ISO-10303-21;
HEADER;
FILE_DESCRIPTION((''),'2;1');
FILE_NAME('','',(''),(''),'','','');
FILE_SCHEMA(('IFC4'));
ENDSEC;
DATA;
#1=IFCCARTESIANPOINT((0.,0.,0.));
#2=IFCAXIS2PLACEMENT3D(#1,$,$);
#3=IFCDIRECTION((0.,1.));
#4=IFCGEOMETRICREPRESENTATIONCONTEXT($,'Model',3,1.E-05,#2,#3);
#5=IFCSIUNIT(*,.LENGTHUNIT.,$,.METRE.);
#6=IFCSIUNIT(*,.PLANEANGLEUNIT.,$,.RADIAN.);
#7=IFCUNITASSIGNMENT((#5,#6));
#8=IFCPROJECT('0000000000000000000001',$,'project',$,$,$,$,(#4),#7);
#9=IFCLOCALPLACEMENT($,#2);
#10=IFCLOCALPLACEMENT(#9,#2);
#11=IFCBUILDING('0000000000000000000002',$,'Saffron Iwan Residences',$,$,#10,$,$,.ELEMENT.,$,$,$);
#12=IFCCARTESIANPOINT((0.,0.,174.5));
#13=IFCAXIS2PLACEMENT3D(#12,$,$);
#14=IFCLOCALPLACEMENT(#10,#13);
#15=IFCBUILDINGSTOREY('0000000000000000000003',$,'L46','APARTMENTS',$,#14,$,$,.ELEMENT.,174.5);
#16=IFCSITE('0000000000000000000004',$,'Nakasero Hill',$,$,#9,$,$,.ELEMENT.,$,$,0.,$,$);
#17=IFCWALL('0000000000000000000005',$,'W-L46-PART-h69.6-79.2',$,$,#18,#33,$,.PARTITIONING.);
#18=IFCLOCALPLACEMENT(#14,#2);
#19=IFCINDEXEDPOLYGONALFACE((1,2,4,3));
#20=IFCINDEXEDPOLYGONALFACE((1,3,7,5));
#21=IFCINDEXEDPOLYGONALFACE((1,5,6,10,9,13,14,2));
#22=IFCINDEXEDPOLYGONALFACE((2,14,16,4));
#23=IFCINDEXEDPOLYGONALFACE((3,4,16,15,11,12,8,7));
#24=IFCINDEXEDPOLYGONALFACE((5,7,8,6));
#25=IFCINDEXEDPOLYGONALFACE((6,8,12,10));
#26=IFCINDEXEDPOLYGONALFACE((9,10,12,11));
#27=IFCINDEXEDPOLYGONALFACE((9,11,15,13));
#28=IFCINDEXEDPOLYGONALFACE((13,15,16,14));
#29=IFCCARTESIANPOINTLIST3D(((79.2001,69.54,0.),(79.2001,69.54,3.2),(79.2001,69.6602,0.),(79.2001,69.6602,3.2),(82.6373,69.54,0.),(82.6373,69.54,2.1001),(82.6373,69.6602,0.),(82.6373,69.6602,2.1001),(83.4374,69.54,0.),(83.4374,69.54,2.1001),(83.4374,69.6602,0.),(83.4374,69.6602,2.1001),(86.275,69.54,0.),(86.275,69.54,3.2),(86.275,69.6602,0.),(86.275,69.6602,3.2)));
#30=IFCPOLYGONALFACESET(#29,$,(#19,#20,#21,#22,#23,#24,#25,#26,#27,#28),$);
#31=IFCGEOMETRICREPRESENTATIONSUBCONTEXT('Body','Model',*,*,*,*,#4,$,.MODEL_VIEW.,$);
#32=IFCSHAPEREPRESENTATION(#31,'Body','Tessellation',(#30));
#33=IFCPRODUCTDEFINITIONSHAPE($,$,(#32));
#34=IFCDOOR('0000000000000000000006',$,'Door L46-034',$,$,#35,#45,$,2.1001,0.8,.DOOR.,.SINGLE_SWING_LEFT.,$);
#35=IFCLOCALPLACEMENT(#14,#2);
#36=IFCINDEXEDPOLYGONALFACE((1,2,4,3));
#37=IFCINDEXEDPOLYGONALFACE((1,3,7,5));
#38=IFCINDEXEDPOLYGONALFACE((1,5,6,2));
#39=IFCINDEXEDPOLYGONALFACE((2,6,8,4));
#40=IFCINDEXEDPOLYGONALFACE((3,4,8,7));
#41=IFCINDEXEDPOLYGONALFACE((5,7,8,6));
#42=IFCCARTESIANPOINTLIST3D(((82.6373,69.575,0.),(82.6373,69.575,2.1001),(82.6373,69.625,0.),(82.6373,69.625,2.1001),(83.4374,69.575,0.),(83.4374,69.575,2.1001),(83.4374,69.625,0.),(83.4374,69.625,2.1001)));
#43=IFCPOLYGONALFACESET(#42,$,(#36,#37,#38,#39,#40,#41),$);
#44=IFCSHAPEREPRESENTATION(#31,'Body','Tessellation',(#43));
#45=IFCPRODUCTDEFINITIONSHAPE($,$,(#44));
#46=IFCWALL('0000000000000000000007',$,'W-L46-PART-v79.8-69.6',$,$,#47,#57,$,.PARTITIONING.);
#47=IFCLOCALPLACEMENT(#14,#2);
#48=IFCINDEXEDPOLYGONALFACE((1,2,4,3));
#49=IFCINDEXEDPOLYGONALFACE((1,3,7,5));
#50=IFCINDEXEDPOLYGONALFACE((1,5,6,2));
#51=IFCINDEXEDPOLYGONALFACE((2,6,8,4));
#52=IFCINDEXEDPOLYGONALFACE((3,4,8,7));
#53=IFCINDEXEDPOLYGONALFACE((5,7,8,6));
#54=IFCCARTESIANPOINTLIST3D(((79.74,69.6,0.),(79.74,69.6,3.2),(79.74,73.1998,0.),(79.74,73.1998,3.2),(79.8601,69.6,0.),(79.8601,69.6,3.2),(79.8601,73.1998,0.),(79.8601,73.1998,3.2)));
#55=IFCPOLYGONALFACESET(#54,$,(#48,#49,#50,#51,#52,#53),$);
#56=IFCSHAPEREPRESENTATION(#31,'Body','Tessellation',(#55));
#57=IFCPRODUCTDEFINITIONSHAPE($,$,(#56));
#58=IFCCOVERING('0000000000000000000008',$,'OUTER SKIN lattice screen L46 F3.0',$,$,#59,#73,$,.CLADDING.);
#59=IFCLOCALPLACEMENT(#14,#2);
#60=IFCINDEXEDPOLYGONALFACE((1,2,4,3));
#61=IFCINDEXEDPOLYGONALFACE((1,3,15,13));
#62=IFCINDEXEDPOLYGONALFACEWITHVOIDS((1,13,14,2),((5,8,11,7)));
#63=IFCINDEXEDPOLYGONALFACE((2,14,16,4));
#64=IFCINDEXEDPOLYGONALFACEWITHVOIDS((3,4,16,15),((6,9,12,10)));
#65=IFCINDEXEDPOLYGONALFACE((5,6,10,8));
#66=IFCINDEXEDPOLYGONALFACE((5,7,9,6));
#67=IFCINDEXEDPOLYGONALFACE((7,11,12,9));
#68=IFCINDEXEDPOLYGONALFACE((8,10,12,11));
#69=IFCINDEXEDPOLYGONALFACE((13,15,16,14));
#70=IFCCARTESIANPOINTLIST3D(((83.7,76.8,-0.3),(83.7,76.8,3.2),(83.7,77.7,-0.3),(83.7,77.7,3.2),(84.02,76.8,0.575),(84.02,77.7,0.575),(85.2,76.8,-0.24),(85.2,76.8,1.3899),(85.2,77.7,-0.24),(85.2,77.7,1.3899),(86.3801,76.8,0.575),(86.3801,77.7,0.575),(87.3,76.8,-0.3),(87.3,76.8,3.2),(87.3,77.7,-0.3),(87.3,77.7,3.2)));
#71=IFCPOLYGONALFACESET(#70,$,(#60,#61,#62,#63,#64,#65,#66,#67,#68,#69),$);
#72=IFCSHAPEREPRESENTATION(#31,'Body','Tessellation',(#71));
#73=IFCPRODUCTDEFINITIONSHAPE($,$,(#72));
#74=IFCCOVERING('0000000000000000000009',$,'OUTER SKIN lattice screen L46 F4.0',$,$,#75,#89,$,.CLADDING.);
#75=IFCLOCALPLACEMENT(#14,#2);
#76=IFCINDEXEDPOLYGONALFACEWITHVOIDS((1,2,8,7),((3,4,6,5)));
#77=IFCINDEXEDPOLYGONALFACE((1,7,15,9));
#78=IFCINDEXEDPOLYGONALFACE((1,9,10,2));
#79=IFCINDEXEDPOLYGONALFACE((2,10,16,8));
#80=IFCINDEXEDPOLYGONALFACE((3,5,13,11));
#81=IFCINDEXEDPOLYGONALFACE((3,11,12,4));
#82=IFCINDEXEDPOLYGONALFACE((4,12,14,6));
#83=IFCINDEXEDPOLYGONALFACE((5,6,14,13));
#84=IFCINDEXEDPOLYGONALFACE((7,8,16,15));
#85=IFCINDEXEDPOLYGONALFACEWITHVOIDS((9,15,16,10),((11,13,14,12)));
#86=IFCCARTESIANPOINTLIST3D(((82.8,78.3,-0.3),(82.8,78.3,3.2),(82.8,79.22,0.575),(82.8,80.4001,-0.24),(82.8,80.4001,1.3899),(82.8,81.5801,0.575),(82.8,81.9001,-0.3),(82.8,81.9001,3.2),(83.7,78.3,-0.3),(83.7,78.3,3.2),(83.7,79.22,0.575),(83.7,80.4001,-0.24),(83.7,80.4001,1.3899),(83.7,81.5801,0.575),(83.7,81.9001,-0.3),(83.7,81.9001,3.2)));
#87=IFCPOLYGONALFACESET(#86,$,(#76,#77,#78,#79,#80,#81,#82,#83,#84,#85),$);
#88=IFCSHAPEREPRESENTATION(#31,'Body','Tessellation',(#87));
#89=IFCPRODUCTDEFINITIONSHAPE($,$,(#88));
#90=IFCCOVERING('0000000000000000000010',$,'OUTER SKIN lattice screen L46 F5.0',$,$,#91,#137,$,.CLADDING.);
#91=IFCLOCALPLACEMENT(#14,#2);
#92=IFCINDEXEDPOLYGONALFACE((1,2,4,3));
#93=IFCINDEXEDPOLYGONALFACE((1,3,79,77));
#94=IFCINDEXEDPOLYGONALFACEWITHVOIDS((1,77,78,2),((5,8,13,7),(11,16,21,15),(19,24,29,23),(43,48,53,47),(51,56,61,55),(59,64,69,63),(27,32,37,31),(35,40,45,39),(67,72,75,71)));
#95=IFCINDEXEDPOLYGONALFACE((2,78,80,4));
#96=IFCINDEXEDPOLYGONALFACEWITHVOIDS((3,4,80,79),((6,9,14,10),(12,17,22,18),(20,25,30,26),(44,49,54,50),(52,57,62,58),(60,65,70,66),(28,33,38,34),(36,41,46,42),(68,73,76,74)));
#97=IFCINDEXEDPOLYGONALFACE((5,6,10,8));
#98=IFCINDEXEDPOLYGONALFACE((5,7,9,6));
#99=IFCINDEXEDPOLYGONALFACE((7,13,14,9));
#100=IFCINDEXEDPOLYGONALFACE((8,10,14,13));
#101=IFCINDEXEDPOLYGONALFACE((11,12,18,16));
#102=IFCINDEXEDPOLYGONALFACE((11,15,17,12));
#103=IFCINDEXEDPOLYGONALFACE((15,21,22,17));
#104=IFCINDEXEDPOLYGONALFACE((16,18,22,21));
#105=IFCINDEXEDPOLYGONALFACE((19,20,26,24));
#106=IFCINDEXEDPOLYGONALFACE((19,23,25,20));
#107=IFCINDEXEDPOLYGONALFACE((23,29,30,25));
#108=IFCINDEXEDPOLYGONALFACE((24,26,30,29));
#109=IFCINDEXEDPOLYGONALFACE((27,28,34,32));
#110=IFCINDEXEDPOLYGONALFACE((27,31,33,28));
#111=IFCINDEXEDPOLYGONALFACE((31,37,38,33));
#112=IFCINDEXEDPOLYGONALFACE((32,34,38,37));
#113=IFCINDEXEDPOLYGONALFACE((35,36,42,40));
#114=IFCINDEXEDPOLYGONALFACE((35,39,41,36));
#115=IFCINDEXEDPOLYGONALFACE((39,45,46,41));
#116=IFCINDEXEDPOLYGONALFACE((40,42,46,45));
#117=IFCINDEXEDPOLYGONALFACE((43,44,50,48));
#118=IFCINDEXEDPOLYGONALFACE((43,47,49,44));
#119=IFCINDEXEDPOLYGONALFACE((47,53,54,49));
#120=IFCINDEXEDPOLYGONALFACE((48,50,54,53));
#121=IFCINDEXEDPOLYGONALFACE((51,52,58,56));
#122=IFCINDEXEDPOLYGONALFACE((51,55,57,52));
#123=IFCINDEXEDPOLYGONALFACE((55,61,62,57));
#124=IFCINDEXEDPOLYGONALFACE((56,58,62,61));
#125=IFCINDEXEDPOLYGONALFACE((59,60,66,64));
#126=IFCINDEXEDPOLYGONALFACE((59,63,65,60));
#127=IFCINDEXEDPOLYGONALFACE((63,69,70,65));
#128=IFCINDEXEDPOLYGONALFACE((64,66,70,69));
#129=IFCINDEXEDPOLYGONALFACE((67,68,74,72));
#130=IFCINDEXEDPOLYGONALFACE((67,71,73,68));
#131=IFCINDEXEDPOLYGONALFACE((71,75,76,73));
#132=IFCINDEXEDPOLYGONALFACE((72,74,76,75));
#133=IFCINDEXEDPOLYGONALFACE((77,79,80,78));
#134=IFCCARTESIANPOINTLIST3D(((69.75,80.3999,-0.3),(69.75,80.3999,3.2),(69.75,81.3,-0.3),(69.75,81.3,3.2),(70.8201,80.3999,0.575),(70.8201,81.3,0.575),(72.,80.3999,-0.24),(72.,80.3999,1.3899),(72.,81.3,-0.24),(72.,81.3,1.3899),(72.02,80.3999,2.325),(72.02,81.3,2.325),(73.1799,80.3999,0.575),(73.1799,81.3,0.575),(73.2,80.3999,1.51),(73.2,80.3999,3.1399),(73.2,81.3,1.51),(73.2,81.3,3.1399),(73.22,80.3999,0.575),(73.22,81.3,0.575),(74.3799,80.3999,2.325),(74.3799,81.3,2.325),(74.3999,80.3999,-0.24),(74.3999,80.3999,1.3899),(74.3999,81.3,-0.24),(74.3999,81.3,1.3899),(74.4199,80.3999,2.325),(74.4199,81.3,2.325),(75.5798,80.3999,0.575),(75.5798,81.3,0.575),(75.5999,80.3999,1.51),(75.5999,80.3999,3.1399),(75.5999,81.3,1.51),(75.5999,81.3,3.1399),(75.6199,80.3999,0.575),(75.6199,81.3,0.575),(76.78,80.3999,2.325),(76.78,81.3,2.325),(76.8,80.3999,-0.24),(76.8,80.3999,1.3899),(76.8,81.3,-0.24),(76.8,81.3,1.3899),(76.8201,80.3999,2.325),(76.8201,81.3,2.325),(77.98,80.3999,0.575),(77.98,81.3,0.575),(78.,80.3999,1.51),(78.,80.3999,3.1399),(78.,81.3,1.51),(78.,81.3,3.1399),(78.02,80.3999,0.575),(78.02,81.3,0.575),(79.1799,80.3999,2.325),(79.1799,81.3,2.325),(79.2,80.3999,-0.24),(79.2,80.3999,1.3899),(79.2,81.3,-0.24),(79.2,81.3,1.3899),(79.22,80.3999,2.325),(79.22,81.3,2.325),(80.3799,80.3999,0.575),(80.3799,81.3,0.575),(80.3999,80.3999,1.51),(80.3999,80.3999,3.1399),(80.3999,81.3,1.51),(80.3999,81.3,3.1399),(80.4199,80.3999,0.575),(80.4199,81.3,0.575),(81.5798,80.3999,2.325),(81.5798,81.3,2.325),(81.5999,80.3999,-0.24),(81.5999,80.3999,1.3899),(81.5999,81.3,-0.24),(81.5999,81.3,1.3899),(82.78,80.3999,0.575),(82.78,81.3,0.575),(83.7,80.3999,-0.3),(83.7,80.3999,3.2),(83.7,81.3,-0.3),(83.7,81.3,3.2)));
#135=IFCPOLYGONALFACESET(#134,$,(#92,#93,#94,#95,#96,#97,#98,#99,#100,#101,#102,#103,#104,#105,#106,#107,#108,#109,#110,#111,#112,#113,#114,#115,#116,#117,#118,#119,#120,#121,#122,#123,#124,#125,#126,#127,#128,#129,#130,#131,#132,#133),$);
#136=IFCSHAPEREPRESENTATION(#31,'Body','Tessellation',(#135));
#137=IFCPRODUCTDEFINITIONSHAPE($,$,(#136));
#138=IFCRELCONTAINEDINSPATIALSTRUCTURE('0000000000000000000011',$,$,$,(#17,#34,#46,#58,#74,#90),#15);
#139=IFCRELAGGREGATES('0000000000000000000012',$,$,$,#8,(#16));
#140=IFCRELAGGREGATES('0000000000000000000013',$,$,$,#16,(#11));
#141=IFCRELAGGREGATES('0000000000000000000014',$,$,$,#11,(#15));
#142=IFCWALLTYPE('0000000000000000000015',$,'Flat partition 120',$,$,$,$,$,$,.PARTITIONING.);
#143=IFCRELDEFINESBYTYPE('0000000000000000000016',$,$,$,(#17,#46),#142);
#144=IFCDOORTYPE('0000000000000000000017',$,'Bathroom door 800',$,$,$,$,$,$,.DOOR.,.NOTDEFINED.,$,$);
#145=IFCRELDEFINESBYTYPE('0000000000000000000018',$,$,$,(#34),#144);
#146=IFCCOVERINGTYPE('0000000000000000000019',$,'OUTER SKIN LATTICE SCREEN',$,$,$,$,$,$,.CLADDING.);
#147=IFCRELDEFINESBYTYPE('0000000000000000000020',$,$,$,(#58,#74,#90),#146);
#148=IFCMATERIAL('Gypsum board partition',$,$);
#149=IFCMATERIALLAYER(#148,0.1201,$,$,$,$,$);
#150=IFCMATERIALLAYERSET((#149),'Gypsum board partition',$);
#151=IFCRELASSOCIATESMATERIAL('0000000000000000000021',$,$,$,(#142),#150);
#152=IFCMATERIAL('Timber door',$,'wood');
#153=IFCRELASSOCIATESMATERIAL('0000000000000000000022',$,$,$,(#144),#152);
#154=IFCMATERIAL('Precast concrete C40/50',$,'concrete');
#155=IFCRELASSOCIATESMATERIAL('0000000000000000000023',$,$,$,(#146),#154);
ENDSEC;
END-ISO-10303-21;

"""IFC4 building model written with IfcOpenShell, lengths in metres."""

from ifc_helpers import new_model, si_unit, direction, frame, frame_2d, origin, place, context, subcontext, project, spatial, polyline, rectangle, outline, extrude, material, layer, layer_set, type_object, element, fill, save


model = new_model("IFC4")

# Units and contexts
model_context = context("Model", 3, precision=1e-05, world=origin(), true_north=direction((0.0, 1.0)))
body_context = subcontext(model_context, "Body", "Model", "MODEL_VIEW")
ifc_project = project(units=[si_unit("LENGTHUNIT", "METRE"), si_unit("PLANEANGLEUNIT", "RADIAN")], contexts=[model_context])

# Site, building, storey
site_placement = place(None, origin())
site = spatial("IfcSite", under=ifc_project, at=site_placement, Name="Nakasero Hill", CompositionType="ELEMENT", RefElevation=0.0)
building_placement = place(site_placement, origin())
building = spatial("IfcBuilding", under=site, at=building_placement, Name="Saffron Iwan Residences", CompositionType="ELEMENT")
storey_placement = place(building_placement, frame((0.0, 0.0, 174.5)))
storey = spatial("IfcBuildingStorey", under=building, at=storey_placement, Name="L46", Description="APARTMENTS", CompositionType="ELEMENT", Elevation=174.5)

# Wall, opening, door
ifc_material_1 = material(Name="Gypsum board partition")
ifc_layer_1 = layer(ifc_material_1, 0.1201)
ifc_layer_set_1 = layer_set([ifc_layer_1], Name="Gypsum board partition")
wall_type_1 = type_object("IfcWallType", Name="Flat partition 120", PredefinedType="PARTITIONING", material=ifc_layer_set_1)
wall_1_placement = place(storey_placement, frame((79.2, 69.6001, 0.0), z_axis=(0.0, 0.0, 1.0), x_axis=(1.0, 0.0, 0.0)))
wall_1 = element("IfcWall", 1, at=wall_1_placement, inside=storey, type_object=wall_type_1, Name="W-L46-PART-h69.6-79.2", PredefinedType="PARTITIONING", context=body_context, shape_type="SweptSolid", body=[
    extrude(rectangle(XDim=7.075, YDim=0.1201, at=frame_2d((3.5376, 0.0))), origin(), (0.0, 0.0, 1.0), 3.2),
])
opening_1_placement = place(wall_1_placement, frame((3.4375, 0.0, 0.0)))
opening_1 = element("IfcOpeningElement", 2, at=opening_1_placement, cuts=wall_1, PredefinedType="OPENING", context=body_context, shape_type="SweptSolid", body=[
    extrude(rectangle(XDim=0.8, YDim=2.1001, at=frame_2d((0.3999, 1.05))), frame((0.0, 0.0701, 0.0), z_axis=(0.0, -1.0, 0.0), x_axis=(1.0, 0.0, 0.0)), (0.0, 0.0, 1.0), 0.1401),
])
ifc_material_2 = material(Name="Timber door", Category="wood")
door_type_1 = type_object("IfcDoorType", Name="Bathroom door 800", OperationType="NOTDEFINED", PredefinedType="DOOR", material=ifc_material_2)
door_1_placement = place(opening_1_placement, origin())
door_1 = element("IfcDoor", 3, at=door_1_placement, inside=storey, type_object=door_type_1, Name="Door L46-034", OperationType="SINGLE_SWING_LEFT", OverallHeight=2.1001, OverallWidth=0.8, PredefinedType="DOOR", context=body_context, shape_type="SweptSolid", body=[
    extrude(rectangle(XDim=0.8, YDim=2.1001, at=frame_2d((0.3999, 1.05))), frame((0.0, 0.0249, 0.0), z_axis=(0.0, -1.0, 0.0), x_axis=(1.0, 0.0, 0.0)), (0.0, 0.0, 1.0), 0.05),
])
fill(opening_1, door_1)

# Wall
wall_2_placement = place(storey_placement, frame((79.8, 69.6001, 0.0), z_axis=(0.0, 0.0, 1.0), x_axis=(0.0, 1.0, 0.0)))
element("IfcWall", 4, at=wall_2_placement, inside=storey, type_object=wall_type_1, Name="W-L46-PART-v79.8-69.6", PredefinedType="PARTITIONING", context=body_context, shape_type="SweptSolid", body=[
    extrude(rectangle(XDim=3.5999, YDim=0.1201, at=frame_2d((1.7998, 0.0))), origin(), (0.0, 0.0, 1.0), 3.2),
])

# Coverings
ifc_material_3 = material(Name="Precast concrete C40/50", Category="concrete")
covering_type = type_object("IfcCoveringType", Name="OUTER SKIN LATTICE SCREEN", PredefinedType="CLADDING", material=ifc_material_3)
for number, where, z_axis, x_axis, name in (
    (5, (87.3, 76.8, -0.3), (0.0, 1.0, 0.0), (-1.0, 0.0, 0.0), "OUTER SKIN lattice screen L46 F3.0"),
    (6, (82.8, 78.3, -0.3), (1.0, 0.0, 0.0), (0.0, 1.0, 0.0), "OUTER SKIN lattice screen L46 F4.0"),
):
    element("IfcCovering", number, at=place(storey_placement, frame(where, z_axis=z_axis, x_axis=x_axis)), inside=storey, type_object=covering_type, Name=name, PredefinedType="CLADDING", context=body_context, shape_type="SweptSolid", body=[
        extrude(outline(polyline([(0.0, 0.0), (3.6001, 0.0), (3.6001, 3.5), (0.0, 3.5), (0.0, 0.0)]), holes=[polyline([(0.9199, 0.875), (2.1001, 0.0601), (3.28, 0.875), (2.1001, 1.6899), (0.9199, 0.875)])]), origin(), (0.0, 0.0, 1.0), 0.8999),
    ])
covering_placement = place(storey_placement, frame((83.7, 80.3999, -0.3), z_axis=(0.0, 1.0, 0.0), x_axis=(-1.0, 0.0, 0.0)))
element("IfcCovering", 7, at=covering_placement, inside=storey, type_object=covering_type, Name="OUTER SKIN lattice screen L46 F5.0", PredefinedType="CLADDING", context=body_context, shape_type="SweptSolid", body=[
    extrude(outline(polyline([(0.0, 0.0), (13.95, 0.0), (13.95, 3.5), (0.0, 3.5), (0.0, 0.0)]), holes=[polyline([(0.9199, 0.875), (2.1001, 0.0601), (3.28, 0.875), (2.1001, 1.6899), (0.9199, 0.875)]), polyline([(3.3201, 0.875), (4.5, 0.0601), (5.6799, 0.875), (4.5, 1.6899), (3.3201, 0.875)]), polyline([(5.72, 0.875), (6.8999, 0.0601), (8.0801, 0.875), (6.8999, 1.6899), (5.72, 0.875)]), polyline([(8.1201, 0.875), (9.3, 0.0601), (10.48, 0.875), (9.3, 1.6899), (8.1201, 0.875)]), polyline([(10.52, 0.875), (11.7, 0.0601), (12.8799, 0.875), (11.7, 1.6899), (10.52, 0.875)]), polyline([(2.1201, 2.625), (3.3, 1.8101), (4.48, 2.625), (3.3, 3.4399), (2.1201, 2.625)]), polyline([(4.52, 2.625), (5.7, 1.8101), (6.8799, 2.625), (5.7, 3.4399), (4.52, 2.625)]), polyline([(6.9199, 2.625), (8.1001, 1.8101), (9.28, 2.625), (8.1001, 3.4399), (6.9199, 2.625)]), polyline([(9.3201, 2.625), (10.5, 1.8101), (11.6799, 2.625), (10.5, 3.4399), (9.3201, 2.625)])]), origin(), (0.0, 0.0, 1.0), 0.9001),
])

save(model, "model.ifc")
